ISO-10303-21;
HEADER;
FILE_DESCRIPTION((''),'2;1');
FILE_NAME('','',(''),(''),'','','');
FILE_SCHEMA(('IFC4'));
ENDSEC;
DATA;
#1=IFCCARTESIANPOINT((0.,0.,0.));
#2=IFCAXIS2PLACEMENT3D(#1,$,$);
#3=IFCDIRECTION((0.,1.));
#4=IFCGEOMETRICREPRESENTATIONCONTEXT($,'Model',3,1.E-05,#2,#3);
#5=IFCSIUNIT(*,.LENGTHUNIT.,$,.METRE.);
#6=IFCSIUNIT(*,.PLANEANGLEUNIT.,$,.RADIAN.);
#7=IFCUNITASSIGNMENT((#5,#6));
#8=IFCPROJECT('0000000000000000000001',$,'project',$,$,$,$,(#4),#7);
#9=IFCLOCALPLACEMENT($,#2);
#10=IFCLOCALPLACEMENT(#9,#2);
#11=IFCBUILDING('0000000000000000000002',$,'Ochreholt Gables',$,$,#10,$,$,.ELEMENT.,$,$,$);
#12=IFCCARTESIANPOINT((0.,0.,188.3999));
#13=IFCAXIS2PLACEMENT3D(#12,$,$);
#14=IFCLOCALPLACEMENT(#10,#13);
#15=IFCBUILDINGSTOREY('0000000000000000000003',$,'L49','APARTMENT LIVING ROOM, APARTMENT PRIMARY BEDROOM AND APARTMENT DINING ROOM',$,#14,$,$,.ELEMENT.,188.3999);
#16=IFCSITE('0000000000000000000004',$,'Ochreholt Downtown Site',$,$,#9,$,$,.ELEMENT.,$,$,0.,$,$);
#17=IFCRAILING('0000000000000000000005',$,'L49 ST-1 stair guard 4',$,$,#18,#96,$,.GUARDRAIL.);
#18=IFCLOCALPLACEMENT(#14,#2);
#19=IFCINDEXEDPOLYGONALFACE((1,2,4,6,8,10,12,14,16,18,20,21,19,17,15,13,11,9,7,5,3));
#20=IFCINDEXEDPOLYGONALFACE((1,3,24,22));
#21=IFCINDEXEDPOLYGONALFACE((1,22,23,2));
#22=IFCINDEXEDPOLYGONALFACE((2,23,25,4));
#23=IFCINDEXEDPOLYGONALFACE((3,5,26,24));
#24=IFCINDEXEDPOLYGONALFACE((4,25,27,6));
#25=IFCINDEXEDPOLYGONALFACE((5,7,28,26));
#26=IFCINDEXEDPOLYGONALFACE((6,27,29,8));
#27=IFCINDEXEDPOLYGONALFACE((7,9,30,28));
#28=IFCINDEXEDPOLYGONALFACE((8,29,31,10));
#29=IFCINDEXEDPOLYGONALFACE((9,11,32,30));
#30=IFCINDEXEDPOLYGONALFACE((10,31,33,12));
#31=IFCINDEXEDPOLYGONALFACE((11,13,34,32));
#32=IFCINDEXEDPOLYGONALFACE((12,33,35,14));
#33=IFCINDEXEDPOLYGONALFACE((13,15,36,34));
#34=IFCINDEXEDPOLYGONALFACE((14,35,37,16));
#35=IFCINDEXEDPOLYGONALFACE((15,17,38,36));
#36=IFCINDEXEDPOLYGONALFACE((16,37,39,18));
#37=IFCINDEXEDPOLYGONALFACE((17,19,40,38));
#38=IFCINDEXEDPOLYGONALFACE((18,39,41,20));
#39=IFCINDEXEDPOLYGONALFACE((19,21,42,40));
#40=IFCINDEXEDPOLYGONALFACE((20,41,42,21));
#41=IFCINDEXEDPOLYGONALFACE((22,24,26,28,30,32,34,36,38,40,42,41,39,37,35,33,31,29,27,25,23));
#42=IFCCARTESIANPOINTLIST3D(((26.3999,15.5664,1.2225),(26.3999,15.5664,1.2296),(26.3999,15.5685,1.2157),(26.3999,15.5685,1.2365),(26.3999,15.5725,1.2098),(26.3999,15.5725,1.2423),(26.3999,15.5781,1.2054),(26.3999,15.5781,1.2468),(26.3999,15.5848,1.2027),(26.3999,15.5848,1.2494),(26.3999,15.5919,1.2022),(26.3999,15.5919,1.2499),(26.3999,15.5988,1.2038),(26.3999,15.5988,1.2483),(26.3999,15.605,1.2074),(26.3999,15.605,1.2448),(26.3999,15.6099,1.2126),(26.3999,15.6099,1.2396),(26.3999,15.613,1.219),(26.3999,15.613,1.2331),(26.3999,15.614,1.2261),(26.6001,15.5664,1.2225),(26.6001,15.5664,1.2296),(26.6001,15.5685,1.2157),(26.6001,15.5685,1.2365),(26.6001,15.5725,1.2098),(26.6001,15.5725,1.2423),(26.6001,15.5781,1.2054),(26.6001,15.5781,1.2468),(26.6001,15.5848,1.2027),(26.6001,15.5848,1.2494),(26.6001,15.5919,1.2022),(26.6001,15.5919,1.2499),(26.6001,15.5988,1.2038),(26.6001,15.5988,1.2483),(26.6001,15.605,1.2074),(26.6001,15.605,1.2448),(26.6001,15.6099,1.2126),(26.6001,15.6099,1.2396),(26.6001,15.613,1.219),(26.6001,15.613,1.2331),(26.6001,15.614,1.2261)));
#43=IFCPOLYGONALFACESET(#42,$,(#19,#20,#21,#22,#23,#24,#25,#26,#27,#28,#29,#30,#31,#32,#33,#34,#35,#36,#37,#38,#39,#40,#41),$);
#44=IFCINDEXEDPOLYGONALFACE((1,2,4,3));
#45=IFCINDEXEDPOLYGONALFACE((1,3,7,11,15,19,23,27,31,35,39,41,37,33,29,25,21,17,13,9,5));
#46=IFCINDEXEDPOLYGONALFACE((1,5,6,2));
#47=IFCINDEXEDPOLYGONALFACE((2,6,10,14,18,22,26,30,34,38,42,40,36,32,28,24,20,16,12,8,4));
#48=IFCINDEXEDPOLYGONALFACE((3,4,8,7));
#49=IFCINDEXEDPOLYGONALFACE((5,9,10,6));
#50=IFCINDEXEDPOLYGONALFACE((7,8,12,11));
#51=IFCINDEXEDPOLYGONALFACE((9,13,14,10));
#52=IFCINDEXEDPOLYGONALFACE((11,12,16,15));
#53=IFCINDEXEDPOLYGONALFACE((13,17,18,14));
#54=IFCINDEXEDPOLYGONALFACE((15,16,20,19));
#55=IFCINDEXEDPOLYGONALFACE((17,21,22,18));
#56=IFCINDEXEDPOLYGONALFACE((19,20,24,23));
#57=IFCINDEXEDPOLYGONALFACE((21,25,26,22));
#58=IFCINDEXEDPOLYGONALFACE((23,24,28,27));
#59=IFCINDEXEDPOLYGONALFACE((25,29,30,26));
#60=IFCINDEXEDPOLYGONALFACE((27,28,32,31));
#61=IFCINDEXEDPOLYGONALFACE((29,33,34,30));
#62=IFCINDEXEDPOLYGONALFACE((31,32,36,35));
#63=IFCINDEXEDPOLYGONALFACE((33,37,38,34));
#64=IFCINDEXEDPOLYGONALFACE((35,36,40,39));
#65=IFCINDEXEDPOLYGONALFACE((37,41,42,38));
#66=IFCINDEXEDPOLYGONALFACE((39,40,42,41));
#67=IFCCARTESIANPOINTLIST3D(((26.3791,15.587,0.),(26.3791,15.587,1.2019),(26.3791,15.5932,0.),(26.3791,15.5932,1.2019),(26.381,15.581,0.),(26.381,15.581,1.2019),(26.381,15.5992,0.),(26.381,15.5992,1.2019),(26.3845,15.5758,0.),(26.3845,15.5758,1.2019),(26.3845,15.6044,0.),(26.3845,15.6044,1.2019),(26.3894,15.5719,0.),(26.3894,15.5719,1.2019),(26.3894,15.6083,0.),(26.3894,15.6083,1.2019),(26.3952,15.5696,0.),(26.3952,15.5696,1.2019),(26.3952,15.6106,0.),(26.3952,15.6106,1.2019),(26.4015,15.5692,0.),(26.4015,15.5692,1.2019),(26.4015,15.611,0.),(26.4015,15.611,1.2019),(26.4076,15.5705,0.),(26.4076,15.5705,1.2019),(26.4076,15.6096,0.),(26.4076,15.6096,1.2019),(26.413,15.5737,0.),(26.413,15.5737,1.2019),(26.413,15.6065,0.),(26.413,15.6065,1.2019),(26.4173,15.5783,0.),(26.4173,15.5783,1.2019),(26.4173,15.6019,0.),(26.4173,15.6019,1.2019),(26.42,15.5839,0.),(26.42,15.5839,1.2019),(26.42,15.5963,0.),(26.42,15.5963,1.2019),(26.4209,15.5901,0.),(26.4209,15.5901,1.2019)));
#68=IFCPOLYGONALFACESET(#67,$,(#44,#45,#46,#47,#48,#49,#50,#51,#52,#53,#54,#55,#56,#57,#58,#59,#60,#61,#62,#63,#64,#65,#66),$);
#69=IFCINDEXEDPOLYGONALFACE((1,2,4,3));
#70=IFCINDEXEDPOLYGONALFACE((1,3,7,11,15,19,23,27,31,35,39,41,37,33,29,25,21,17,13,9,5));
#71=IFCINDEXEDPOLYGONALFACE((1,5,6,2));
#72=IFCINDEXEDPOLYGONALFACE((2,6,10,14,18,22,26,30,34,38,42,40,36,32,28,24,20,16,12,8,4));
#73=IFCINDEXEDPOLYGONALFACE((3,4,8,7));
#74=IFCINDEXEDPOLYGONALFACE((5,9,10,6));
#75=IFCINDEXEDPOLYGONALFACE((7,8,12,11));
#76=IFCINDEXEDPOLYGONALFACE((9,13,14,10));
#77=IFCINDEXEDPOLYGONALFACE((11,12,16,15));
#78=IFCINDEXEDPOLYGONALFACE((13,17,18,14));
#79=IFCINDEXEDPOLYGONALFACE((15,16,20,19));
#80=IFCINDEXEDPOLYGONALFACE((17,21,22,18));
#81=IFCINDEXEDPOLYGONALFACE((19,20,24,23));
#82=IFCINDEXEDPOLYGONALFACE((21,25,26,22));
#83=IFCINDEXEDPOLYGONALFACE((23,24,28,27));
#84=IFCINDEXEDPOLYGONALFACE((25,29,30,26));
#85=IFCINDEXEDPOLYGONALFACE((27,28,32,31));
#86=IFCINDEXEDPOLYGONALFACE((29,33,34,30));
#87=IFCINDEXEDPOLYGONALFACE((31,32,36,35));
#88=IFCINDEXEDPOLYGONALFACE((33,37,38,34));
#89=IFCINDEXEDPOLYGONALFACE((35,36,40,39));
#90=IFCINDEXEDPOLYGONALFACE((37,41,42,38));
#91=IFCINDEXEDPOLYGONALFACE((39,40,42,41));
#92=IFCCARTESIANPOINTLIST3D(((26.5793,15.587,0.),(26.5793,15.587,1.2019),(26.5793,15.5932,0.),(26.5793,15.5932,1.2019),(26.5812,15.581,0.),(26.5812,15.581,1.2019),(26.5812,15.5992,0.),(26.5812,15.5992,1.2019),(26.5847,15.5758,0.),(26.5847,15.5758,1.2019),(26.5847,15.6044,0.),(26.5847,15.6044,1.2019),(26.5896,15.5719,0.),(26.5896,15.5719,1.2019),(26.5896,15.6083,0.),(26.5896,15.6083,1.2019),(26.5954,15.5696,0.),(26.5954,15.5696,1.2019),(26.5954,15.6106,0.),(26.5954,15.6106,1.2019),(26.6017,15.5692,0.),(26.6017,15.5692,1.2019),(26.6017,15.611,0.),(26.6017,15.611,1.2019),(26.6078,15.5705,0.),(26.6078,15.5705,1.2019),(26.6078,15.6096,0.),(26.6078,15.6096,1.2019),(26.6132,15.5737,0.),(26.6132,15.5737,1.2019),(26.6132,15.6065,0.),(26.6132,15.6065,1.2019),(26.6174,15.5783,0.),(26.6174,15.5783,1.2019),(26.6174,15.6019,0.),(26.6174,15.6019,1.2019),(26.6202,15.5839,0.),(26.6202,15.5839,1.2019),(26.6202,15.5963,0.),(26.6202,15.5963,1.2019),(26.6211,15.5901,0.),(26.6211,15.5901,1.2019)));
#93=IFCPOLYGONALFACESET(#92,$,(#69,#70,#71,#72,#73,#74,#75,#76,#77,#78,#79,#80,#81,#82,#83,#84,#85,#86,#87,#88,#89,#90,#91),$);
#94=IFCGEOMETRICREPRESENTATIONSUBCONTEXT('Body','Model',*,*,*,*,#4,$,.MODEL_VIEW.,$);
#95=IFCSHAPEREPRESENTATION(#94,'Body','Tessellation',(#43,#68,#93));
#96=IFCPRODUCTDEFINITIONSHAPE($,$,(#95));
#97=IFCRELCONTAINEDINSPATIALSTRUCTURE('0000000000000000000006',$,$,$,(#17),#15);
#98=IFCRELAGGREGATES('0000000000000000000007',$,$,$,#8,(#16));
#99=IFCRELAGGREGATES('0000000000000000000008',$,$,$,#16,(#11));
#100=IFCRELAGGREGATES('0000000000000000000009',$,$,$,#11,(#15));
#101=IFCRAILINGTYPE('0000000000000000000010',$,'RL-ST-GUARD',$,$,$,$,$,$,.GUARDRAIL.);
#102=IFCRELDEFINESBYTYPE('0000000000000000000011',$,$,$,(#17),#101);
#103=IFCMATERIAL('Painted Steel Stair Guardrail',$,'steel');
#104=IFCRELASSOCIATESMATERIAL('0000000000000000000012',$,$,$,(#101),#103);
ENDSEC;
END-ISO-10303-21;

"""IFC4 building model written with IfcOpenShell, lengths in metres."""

from ifc_helpers import new_model, si_unit, direction, frame, origin, origin_2d, place, context, subcontext, project, spatial, circle, extrude, material, type_object, element, save


model = new_model("IFC4")

# Units and contexts
model_context = context("Model", 3, precision=1e-05, world=origin(), true_north=direction((0.0, 1.0)))
body_context = subcontext(model_context, "Body", "Model", "MODEL_VIEW")
ifc_project = project(units=[si_unit("LENGTHUNIT", "METRE"), si_unit("PLANEANGLEUNIT", "RADIAN")], contexts=[model_context])

# Site, building, storey
site_placement = place(None, origin())
site = spatial("IfcSite", under=ifc_project, at=site_placement, Name="Ochreholt Downtown Site", CompositionType="ELEMENT", RefElevation=0.0)
building_placement = place(site_placement, origin())
building = spatial("IfcBuilding", under=site, at=building_placement, Name="Ochreholt Gables", CompositionType="ELEMENT")
storey_placement = place(building_placement, frame((0.0, 0.0, 188.3999)))
storey = spatial("IfcBuildingStorey", under=building, at=storey_placement, Name="L49", Description="APARTMENT LIVING ROOM, APARTMENT PRIMARY BEDROOM AND APARTMENT DINING ROOM", CompositionType="ELEMENT", Elevation=188.3999)

# Railing
ifc_material_1 = material(Name="Painted Steel Stair Guardrail", Category="steel")
railing_type_1 = type_object("IfcRailingType", Name="RL-ST-GUARD", PredefinedType="GUARDRAIL", material=ifc_material_1)
railing_1_placement = place(storey_placement, frame((26.3999, 15.5901, 0.0)))
element("IfcRailing", 1, at=railing_1_placement, inside=storey, type_object=railing_type_1, Name="L49 ST-1 stair guard 4", PredefinedType="GUARDRAIL", context=body_context, shape_type="SweptSolid", body=[
    extrude(circle(Radius=0.0239, at=origin_2d()), frame((0.0, 0.0, 1.2261), z_axis=(1.0, 0.0, 0.0), x_axis=(0.0, 1.0, 0.0)), (0.0, 0.0, 1.0), 0.2002),
    extrude(circle(Radius=0.021, at=origin_2d()), origin(), (0.0, 0.0, 1.0), 1.2019),
    extrude(circle(Radius=0.021, at=origin_2d()), frame((0.2002, 0.0, 0.0)), (0.0, 0.0, 1.0), 1.2019),
])

save(model, "model.ifc")
